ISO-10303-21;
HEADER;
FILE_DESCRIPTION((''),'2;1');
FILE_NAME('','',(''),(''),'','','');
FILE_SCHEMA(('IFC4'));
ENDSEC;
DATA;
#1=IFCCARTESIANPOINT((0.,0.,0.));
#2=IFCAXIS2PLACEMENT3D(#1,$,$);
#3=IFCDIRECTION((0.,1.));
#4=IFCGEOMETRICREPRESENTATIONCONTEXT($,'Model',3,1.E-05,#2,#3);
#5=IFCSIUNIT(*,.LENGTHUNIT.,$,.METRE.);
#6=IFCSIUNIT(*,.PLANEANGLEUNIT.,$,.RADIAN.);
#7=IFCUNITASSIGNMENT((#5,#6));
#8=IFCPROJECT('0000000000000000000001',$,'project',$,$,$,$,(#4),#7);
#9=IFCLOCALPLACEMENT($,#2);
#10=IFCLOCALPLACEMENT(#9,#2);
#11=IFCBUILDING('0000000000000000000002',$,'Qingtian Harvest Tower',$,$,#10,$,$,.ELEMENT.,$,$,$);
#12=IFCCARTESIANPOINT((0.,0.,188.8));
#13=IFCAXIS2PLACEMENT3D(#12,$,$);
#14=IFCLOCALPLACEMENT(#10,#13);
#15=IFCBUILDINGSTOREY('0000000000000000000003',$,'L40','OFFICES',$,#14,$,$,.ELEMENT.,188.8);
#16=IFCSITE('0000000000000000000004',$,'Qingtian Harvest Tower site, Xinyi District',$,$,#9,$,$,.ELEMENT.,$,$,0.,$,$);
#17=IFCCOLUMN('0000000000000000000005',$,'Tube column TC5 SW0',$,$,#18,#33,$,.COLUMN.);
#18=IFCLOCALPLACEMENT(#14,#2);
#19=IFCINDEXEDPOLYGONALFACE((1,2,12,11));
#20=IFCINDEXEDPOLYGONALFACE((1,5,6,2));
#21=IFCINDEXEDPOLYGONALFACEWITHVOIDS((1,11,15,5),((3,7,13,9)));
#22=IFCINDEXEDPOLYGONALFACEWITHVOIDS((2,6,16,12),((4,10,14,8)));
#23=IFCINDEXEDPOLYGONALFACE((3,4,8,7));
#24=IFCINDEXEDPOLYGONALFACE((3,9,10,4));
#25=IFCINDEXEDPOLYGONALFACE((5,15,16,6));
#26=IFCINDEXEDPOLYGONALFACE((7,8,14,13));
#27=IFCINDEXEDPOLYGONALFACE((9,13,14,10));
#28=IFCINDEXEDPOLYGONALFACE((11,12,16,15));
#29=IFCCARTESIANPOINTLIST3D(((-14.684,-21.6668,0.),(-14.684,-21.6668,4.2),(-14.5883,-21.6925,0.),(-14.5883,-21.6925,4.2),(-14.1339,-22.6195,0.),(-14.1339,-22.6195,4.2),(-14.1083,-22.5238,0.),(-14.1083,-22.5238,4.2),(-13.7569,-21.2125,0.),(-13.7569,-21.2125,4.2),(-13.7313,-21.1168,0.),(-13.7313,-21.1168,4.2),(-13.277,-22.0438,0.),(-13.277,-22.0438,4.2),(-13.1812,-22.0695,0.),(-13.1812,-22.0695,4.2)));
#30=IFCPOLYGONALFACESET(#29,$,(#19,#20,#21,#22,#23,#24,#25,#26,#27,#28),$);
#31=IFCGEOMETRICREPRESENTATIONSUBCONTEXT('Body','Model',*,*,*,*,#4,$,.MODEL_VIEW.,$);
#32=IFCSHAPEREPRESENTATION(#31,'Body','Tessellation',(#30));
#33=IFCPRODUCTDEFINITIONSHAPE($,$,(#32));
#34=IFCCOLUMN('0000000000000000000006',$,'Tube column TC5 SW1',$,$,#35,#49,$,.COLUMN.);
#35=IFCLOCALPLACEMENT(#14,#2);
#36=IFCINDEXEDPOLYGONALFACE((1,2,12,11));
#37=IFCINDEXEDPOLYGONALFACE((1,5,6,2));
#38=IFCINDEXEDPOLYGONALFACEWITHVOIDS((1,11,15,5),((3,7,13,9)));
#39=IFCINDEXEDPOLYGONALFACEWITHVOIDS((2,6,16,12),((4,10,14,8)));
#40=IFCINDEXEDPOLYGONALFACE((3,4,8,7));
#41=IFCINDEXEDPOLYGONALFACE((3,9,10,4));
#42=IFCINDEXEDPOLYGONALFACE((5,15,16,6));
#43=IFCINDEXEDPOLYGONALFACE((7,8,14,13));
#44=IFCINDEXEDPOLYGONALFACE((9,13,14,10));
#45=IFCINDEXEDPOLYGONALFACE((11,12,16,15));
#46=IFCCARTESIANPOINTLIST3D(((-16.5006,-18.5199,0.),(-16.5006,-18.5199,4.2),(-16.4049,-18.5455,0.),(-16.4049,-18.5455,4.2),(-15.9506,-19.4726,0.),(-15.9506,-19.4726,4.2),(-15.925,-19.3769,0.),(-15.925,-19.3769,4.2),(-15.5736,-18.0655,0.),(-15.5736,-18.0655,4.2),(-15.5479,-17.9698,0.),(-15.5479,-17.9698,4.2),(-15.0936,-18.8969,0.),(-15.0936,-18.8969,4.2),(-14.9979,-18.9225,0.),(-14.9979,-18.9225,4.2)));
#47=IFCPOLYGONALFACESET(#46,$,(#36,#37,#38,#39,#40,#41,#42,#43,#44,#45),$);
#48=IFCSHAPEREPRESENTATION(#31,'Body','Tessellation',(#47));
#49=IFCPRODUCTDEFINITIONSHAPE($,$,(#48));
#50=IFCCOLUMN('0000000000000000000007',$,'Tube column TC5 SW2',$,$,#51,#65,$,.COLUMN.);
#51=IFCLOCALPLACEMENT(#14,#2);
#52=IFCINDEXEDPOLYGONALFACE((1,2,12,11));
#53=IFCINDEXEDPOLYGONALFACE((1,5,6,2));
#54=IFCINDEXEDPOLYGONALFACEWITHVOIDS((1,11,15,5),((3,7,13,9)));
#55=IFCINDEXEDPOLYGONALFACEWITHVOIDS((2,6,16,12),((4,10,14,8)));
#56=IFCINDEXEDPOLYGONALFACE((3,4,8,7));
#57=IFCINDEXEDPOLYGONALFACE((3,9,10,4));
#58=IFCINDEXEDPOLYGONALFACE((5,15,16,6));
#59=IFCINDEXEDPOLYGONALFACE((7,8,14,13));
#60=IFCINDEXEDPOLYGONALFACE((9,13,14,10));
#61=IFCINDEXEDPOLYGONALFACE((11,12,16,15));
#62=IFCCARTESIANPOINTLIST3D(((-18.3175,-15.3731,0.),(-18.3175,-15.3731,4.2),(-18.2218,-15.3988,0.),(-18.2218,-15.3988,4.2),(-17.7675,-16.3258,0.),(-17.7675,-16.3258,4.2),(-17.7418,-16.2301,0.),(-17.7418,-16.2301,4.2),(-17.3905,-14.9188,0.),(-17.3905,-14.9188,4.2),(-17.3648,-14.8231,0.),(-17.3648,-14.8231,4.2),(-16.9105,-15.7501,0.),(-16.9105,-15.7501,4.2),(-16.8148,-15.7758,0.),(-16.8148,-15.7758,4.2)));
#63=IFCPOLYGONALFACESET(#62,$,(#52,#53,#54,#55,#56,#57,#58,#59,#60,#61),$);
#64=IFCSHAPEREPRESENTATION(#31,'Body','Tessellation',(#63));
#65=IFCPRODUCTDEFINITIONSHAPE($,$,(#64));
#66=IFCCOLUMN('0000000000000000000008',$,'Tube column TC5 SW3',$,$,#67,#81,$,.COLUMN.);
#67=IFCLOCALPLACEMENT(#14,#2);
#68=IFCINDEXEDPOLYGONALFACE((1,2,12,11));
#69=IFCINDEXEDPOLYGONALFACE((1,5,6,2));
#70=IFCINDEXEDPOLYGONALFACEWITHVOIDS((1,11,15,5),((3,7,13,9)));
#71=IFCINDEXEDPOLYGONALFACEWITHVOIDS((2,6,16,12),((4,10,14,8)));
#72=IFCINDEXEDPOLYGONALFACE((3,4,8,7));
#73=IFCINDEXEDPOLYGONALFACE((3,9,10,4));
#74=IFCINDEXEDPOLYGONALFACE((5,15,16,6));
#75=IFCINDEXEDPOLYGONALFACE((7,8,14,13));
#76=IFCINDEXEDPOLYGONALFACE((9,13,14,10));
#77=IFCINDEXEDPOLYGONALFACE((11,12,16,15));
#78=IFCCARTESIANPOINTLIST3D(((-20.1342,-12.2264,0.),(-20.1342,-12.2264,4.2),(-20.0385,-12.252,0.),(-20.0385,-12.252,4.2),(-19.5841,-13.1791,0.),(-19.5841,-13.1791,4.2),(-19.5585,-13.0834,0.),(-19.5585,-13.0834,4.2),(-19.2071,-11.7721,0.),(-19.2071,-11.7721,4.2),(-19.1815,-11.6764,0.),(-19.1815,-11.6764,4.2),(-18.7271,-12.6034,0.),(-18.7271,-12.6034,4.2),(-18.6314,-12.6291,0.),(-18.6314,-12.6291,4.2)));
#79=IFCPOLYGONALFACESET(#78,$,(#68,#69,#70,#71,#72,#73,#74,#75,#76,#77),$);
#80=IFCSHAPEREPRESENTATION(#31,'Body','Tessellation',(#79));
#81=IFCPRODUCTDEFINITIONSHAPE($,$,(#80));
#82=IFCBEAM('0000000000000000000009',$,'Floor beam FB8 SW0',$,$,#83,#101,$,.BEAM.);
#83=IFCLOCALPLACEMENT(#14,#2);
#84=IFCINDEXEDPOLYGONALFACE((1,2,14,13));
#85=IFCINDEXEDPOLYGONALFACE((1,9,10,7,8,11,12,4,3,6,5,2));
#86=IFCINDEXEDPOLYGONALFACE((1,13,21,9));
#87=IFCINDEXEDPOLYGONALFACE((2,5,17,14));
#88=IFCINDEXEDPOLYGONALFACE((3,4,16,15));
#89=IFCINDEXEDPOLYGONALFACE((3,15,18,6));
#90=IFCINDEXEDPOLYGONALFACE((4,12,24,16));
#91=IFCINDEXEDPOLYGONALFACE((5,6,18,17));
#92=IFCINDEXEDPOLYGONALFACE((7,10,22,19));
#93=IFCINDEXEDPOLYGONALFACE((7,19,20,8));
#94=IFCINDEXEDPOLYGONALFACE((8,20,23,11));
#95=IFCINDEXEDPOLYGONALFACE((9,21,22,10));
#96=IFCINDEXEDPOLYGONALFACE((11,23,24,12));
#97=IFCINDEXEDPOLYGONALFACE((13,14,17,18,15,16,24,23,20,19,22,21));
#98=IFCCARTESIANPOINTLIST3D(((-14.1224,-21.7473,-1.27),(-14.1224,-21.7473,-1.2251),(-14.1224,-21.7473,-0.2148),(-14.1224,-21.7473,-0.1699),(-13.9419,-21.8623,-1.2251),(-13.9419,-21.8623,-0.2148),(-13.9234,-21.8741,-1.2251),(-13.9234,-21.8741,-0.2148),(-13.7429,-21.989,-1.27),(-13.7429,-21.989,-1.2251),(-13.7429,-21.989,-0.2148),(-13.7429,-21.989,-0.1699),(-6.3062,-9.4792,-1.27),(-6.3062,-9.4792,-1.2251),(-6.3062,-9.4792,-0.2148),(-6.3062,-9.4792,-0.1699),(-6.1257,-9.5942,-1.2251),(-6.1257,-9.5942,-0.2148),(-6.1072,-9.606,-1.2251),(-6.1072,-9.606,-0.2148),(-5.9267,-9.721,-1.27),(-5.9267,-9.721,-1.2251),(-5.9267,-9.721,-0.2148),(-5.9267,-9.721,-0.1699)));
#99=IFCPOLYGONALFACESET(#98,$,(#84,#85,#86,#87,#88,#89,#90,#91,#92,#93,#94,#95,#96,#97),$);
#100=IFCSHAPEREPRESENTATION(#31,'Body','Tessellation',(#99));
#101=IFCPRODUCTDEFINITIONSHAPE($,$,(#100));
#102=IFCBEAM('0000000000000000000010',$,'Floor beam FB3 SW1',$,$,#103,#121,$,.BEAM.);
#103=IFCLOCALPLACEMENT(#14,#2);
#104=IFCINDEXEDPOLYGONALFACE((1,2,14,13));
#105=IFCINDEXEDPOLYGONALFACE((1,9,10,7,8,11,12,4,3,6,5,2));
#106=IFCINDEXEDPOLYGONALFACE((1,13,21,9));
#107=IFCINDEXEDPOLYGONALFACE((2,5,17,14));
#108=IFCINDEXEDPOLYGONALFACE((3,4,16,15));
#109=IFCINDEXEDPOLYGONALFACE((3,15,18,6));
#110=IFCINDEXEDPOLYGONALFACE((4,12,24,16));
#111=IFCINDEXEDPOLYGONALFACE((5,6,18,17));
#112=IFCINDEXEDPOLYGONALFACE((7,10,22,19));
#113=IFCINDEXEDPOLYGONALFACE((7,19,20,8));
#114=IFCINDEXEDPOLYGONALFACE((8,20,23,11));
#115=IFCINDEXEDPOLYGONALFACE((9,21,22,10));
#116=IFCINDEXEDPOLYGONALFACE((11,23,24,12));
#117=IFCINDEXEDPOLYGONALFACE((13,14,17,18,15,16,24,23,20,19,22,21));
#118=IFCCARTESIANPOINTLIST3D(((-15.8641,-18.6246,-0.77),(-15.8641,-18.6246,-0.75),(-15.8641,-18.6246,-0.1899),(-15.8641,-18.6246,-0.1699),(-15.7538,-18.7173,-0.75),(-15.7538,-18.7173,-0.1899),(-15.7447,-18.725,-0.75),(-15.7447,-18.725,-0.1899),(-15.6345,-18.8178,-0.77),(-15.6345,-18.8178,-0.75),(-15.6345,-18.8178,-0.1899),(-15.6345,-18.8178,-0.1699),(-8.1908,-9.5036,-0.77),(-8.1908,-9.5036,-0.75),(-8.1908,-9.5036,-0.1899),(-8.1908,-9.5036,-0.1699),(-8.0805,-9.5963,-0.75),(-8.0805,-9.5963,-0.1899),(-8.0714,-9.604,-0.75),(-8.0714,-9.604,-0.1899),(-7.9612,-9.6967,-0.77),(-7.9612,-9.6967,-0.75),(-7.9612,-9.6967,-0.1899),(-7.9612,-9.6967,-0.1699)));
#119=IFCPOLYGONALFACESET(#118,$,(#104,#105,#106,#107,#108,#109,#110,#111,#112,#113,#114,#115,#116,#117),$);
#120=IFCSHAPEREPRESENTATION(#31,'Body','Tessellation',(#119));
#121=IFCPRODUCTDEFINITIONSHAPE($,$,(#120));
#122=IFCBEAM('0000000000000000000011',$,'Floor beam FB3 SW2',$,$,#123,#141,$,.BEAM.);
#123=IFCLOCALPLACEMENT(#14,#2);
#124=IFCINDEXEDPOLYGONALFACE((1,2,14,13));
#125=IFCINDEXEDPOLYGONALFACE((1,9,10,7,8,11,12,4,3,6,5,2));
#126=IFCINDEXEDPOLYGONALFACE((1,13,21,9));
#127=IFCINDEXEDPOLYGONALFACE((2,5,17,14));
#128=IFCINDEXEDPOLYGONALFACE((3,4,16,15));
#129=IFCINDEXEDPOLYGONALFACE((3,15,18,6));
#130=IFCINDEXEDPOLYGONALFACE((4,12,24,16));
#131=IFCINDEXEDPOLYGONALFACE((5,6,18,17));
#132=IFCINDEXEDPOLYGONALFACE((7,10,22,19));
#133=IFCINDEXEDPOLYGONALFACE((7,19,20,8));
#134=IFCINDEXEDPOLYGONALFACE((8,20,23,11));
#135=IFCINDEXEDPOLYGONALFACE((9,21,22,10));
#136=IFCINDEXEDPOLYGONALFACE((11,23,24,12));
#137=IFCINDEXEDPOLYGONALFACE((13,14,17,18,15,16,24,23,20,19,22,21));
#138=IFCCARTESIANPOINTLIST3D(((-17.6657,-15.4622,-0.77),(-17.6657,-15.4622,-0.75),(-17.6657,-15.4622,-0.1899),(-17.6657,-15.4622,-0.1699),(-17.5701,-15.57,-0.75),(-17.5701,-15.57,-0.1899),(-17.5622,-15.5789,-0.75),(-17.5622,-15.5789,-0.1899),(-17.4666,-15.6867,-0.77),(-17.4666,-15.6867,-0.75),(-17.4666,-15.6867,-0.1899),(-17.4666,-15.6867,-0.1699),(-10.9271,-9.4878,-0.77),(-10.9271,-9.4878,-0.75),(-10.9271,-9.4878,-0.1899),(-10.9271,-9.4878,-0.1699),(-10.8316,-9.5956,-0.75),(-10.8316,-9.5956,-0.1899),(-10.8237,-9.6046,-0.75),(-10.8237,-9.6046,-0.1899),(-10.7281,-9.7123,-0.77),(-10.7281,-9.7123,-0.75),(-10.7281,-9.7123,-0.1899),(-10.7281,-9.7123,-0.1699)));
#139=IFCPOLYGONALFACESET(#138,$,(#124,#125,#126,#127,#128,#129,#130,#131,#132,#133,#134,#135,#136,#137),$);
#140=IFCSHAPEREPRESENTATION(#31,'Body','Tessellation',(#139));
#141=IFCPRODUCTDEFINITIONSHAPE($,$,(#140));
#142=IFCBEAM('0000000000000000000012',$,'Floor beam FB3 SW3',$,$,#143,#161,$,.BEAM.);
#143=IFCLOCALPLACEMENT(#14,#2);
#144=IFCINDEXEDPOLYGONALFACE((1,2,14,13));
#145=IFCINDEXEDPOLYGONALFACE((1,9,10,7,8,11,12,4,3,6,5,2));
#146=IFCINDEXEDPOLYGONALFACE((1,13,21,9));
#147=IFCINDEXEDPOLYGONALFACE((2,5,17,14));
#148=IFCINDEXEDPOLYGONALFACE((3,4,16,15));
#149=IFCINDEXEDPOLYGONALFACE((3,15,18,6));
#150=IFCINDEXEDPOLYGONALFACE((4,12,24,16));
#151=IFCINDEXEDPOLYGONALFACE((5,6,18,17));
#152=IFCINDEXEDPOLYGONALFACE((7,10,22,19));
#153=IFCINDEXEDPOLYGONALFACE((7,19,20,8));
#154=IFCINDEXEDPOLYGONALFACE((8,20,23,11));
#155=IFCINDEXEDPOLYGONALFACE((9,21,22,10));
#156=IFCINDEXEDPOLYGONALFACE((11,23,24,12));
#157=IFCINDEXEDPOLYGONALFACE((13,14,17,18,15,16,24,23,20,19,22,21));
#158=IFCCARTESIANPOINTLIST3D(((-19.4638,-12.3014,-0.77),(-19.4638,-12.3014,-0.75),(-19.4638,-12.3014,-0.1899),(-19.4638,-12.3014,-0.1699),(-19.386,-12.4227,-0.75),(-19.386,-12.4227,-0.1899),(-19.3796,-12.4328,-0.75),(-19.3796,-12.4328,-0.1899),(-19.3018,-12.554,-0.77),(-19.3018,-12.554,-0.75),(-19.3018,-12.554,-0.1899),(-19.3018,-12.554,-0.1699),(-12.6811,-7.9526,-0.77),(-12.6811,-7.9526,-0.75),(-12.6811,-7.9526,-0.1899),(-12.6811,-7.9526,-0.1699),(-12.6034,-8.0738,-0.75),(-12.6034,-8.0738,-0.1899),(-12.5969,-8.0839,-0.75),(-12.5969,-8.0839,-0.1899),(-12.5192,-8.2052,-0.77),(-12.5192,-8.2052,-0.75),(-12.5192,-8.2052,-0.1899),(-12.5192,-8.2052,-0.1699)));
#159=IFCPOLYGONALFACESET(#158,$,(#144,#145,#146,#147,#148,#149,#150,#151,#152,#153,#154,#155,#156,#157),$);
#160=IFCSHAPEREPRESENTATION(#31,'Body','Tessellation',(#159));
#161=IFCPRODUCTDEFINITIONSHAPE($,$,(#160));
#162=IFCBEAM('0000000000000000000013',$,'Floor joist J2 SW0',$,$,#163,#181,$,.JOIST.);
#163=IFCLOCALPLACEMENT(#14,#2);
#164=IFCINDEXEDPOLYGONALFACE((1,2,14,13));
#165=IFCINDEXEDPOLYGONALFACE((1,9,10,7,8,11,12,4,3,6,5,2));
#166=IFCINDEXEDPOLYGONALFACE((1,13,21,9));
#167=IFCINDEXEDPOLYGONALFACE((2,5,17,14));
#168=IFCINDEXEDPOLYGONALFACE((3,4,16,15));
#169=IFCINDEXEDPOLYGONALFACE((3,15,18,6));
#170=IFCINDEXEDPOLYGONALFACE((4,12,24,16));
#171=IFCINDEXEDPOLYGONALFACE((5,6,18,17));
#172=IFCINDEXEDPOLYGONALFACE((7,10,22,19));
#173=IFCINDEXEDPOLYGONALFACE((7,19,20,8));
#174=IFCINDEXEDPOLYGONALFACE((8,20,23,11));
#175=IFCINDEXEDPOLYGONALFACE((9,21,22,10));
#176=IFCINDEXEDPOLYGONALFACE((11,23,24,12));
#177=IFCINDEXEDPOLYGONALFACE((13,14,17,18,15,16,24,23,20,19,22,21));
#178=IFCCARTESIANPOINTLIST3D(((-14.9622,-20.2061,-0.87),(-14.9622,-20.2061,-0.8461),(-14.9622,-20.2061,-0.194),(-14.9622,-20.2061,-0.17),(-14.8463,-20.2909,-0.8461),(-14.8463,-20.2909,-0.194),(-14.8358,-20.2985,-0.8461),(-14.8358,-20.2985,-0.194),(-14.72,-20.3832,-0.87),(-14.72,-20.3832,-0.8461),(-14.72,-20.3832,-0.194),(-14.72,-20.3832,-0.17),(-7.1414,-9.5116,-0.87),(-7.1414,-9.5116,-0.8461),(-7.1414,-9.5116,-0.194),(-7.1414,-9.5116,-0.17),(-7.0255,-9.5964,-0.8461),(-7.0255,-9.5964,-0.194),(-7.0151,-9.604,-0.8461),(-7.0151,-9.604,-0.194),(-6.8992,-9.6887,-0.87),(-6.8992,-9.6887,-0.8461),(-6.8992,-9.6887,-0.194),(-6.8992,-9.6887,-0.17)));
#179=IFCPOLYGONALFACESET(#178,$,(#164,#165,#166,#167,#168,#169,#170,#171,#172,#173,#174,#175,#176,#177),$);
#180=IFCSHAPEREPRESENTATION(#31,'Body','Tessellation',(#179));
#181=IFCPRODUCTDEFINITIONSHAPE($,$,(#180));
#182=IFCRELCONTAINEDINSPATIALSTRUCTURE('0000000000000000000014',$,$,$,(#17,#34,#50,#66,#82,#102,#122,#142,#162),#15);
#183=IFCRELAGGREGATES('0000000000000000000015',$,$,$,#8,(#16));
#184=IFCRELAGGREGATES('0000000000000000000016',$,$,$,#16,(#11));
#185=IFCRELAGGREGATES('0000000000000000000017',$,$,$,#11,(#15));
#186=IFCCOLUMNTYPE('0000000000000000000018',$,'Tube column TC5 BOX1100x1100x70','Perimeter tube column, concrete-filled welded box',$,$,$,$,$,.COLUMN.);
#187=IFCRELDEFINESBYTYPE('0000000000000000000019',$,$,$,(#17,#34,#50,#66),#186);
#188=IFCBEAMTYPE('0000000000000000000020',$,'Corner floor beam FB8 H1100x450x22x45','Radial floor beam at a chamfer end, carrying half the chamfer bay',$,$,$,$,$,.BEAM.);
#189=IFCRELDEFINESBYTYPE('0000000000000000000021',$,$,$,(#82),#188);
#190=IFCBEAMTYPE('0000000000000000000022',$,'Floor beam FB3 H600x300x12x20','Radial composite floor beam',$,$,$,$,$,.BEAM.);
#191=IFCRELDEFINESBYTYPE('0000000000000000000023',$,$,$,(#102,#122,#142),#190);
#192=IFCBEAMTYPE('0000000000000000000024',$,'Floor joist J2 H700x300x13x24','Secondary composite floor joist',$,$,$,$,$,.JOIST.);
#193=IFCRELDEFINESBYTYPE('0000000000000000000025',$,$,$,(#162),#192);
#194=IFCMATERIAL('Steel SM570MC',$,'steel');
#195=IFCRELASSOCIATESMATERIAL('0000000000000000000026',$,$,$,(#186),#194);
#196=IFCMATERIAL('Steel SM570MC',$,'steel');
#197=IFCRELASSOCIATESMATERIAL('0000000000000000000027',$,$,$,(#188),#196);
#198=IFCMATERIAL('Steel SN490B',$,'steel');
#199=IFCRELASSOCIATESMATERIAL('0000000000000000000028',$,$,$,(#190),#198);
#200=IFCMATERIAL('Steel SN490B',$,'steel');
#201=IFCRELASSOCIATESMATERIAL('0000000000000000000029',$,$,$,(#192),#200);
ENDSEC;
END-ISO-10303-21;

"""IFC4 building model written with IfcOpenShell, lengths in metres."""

from ifc_helpers import new_model, si_unit, direction, frame, origin, origin_2d, place, context, subcontext, project, spatial, hollow_rectangle, i_section, extrude, material, material_profile, profile_set, type_object, element, save


model = new_model("IFC4")

# Units and contexts
model_context = context("Model", 3, precision=1e-05, world=origin(), true_north=direction((0.0, 1.0)))
body_context = subcontext(model_context, "Body", "Model", "MODEL_VIEW")
ifc_project = project(units=[si_unit("LENGTHUNIT", "METRE"), si_unit("PLANEANGLEUNIT", "RADIAN")], contexts=[model_context])

# Site, building, storey
site_placement = place(None, origin())
site = spatial("IfcSite", under=ifc_project, at=site_placement, Name="Qingtian Harvest Tower site, Xinyi District", CompositionType="ELEMENT", RefElevation=0.0)
building_placement = place(site_placement, origin())
building = spatial("IfcBuilding", under=site, at=building_placement, Name="Qingtian Harvest Tower", CompositionType="ELEMENT")
storey_placement = place(building_placement, frame((0.0, 0.0, 188.8)))
storey = spatial("IfcBuildingStorey", under=building, at=storey_placement, Name="L40", Description="OFFICES", CompositionType="ELEMENT", Elevation=188.8)

# Columns
ifc_material_1 = material(Name="Steel SM570MC", Category="steel")
ifc_material_profile_1 = material_profile(ifc_material_1, hollow_rectangle(XDim=1.1001, YDim=1.1001, WallThickness=0.0701, at=origin_2d()), Name="BOX1100x1100x70")
ifc_profile_set_1 = profile_set([ifc_material_profile_1], Name="Steel SM570MC")
column_type = type_object("IfcColumnType", Name="Tube column TC5 BOX1100x1100x70", Description="Perimeter tube column, concrete-filled welded box", PredefinedType="COLUMN", material=ifc_profile_set_1)
for number, where, z_axis, x_axis, name in (
    (1, (-13.9326, -21.8682, 0.0), (0.0, 0.0, 1.0), (0.5, -0.866025, 0.0), "Tube column TC5 SW0"),
    (2, (-15.7493, -18.7212, 0.0), (0.0, 0.0, 1.0), (0.5, -0.866025, 0.0), "Tube column TC5 SW1"),
    (3, (-17.5662, -15.5745, 0.0), (0.0, 0.0, 1.0), (0.5, -0.866025, 0.0), "Tube column TC5 SW2"),
    (4, (-19.3828, -12.4277, 0.0), (0.0, 0.0, 1.0), (0.5, -0.866025, 0.0), "Tube column TC5 SW3"),
):
    element("IfcColumn", number, at=place(storey_placement, frame(where, z_axis=z_axis, x_axis=x_axis)), inside=storey, type_object=column_type, Name=name, PredefinedType="COLUMN", context=body_context, shape_type="SweptSolid", body=[
        extrude(hollow_rectangle(XDim=1.1001, YDim=1.1001, WallThickness=0.0701, at=origin_2d()), origin(), (0.0, 0.0, 1.0), 4.2),
    ])

# Beams
ifc_material_2 = material(Name="Steel SM570MC", Category="steel")
ifc_material_profile_2 = material_profile(ifc_material_2, i_section(OverallWidth=0.45, OverallDepth=1.1001, WebThickness=0.022, FlangeThickness=0.0449, at=origin_2d()), Name="H1100x450x22x45")
ifc_profile_set_2 = profile_set([ifc_material_profile_2], Name="Steel SM570MC")
beam_type_1 = type_object("IfcBeamType", Name="Corner floor beam FB8 H1100x450x22x45", Description="Radial floor beam at a chamfer end, carrying half the chamfer bay", PredefinedType="BEAM", material=ifc_profile_set_2)
beam_1_placement = place(storey_placement, frame((-13.9326, -21.8682, -0.72), z_axis=(0.537326, 0.843375, 0.0), x_axis=(-0.843375, 0.537326, 0.0)))
element("IfcBeam", 5, at=beam_1_placement, inside=storey, type_object=beam_type_1, Name="Floor beam FB8 SW0", PredefinedType="BEAM", context=body_context, shape_type="SweptSolid", body=[
    extrude(i_section(OverallWidth=0.45, OverallDepth=1.1001, WebThickness=0.022, FlangeThickness=0.0449, at=origin_2d()), origin(), (0.0, 0.0, 1.0), 14.5464),
])
ifc_material_3 = material(Name="Steel SN490B", Category="steel")
ifc_material_profile_3 = material_profile(ifc_material_3, i_section(OverallWidth=0.3, OverallDepth=0.6001, WebThickness=0.012, FlangeThickness=0.02, at=origin_2d()), Name="H600x300x12x20")
ifc_profile_set_3 = profile_set([ifc_material_profile_3], Name="Steel SN490B")
beam_type_2 = type_object("IfcBeamType", Name="Floor beam FB3 H600x300x12x20", Description="Radial composite floor beam", PredefinedType="BEAM", material=ifc_profile_set_3)
beam_2_placement = place(storey_placement, frame((-15.7493, -18.7212, -0.47), z_axis=(0.643764, 0.765224, 0.0), x_axis=(-0.765224, 0.643764, 0.0)))
element("IfcBeam", 6, at=beam_2_placement, inside=storey, type_object=beam_type_2, Name="Floor beam FB3 SW1", PredefinedType="BEAM", context=body_context, shape_type="SweptSolid", body=[
    extrude(i_section(OverallWidth=0.3, OverallDepth=0.6001, WebThickness=0.012, FlangeThickness=0.02, at=origin_2d()), origin(), (0.0, 0.0, 1.0), 11.9194),
])
beam_3_placement = place(storey_placement, frame((-17.5662, -15.5745, -0.47), z_axis=(0.74826, 0.663406, 0.0), x_axis=(-0.663406, 0.74826, 0.0)))
element("IfcBeam", 7, at=beam_3_placement, inside=storey, type_object=beam_type_2, Name="Floor beam FB3 SW2", PredefinedType="BEAM", context=body_context, shape_type="SweptSolid", body=[
    extrude(i_section(OverallWidth=0.3, OverallDepth=0.6001, WebThickness=0.012, FlangeThickness=0.02, at=origin_2d()), origin(), (0.0, 0.0, 1.0), 9.0056),
])
beam_4_placement = place(storey_placement, frame((-19.3828, -12.4277, -0.47), z_axis=(0.841824, 0.539753, 0.0), x_axis=(-0.539753, 0.841824, 0.0)))
element("IfcBeam", 8, at=beam_4_placement, inside=storey, type_object=beam_type_2, Name="Floor beam FB3 SW3", PredefinedType="BEAM", context=body_context, shape_type="SweptSolid", body=[
    extrude(i_section(OverallWidth=0.3, OverallDepth=0.6001, WebThickness=0.012, FlangeThickness=0.02, at=origin_2d()), origin(), (0.0, 0.0, 1.0), 8.0571),
])
ifc_material_4 = material(Name="Steel SN490B", Category="steel")
ifc_material_profile_4 = material_profile(ifc_material_4, i_section(OverallWidth=0.3, OverallDepth=0.7, WebThickness=0.0129, FlangeThickness=0.0239, at=origin_2d()), Name="H700x300x13x24")
ifc_profile_set_4 = profile_set([ifc_material_profile_4], Name="Steel SN490B")
beam_type_3 = type_object("IfcBeamType", Name="Floor joist J2 H700x300x13x24", Description="Secondary composite floor joist", PredefinedType="JOIST", material=ifc_profile_set_4)
beam_5_placement = place(storey_placement, frame((-14.8411, -20.2947, -0.52), z_axis=(0.590289, 0.807192, 0.0), x_axis=(-0.807192, 0.590289, 0.0)))
element("IfcBeam", 9, at=beam_5_placement, inside=storey, type_object=beam_type_3, Name="Floor joist J2 SW0", PredefinedType="JOIST", context=body_context, shape_type="SweptSolid", body=[
    extrude(i_section(OverallWidth=0.3, OverallDepth=0.7, WebThickness=0.0129, FlangeThickness=0.0239, at=origin_2d()), origin(), (0.0, 0.0, 1.0), 13.249),
])

save(model, "model.ifc")
